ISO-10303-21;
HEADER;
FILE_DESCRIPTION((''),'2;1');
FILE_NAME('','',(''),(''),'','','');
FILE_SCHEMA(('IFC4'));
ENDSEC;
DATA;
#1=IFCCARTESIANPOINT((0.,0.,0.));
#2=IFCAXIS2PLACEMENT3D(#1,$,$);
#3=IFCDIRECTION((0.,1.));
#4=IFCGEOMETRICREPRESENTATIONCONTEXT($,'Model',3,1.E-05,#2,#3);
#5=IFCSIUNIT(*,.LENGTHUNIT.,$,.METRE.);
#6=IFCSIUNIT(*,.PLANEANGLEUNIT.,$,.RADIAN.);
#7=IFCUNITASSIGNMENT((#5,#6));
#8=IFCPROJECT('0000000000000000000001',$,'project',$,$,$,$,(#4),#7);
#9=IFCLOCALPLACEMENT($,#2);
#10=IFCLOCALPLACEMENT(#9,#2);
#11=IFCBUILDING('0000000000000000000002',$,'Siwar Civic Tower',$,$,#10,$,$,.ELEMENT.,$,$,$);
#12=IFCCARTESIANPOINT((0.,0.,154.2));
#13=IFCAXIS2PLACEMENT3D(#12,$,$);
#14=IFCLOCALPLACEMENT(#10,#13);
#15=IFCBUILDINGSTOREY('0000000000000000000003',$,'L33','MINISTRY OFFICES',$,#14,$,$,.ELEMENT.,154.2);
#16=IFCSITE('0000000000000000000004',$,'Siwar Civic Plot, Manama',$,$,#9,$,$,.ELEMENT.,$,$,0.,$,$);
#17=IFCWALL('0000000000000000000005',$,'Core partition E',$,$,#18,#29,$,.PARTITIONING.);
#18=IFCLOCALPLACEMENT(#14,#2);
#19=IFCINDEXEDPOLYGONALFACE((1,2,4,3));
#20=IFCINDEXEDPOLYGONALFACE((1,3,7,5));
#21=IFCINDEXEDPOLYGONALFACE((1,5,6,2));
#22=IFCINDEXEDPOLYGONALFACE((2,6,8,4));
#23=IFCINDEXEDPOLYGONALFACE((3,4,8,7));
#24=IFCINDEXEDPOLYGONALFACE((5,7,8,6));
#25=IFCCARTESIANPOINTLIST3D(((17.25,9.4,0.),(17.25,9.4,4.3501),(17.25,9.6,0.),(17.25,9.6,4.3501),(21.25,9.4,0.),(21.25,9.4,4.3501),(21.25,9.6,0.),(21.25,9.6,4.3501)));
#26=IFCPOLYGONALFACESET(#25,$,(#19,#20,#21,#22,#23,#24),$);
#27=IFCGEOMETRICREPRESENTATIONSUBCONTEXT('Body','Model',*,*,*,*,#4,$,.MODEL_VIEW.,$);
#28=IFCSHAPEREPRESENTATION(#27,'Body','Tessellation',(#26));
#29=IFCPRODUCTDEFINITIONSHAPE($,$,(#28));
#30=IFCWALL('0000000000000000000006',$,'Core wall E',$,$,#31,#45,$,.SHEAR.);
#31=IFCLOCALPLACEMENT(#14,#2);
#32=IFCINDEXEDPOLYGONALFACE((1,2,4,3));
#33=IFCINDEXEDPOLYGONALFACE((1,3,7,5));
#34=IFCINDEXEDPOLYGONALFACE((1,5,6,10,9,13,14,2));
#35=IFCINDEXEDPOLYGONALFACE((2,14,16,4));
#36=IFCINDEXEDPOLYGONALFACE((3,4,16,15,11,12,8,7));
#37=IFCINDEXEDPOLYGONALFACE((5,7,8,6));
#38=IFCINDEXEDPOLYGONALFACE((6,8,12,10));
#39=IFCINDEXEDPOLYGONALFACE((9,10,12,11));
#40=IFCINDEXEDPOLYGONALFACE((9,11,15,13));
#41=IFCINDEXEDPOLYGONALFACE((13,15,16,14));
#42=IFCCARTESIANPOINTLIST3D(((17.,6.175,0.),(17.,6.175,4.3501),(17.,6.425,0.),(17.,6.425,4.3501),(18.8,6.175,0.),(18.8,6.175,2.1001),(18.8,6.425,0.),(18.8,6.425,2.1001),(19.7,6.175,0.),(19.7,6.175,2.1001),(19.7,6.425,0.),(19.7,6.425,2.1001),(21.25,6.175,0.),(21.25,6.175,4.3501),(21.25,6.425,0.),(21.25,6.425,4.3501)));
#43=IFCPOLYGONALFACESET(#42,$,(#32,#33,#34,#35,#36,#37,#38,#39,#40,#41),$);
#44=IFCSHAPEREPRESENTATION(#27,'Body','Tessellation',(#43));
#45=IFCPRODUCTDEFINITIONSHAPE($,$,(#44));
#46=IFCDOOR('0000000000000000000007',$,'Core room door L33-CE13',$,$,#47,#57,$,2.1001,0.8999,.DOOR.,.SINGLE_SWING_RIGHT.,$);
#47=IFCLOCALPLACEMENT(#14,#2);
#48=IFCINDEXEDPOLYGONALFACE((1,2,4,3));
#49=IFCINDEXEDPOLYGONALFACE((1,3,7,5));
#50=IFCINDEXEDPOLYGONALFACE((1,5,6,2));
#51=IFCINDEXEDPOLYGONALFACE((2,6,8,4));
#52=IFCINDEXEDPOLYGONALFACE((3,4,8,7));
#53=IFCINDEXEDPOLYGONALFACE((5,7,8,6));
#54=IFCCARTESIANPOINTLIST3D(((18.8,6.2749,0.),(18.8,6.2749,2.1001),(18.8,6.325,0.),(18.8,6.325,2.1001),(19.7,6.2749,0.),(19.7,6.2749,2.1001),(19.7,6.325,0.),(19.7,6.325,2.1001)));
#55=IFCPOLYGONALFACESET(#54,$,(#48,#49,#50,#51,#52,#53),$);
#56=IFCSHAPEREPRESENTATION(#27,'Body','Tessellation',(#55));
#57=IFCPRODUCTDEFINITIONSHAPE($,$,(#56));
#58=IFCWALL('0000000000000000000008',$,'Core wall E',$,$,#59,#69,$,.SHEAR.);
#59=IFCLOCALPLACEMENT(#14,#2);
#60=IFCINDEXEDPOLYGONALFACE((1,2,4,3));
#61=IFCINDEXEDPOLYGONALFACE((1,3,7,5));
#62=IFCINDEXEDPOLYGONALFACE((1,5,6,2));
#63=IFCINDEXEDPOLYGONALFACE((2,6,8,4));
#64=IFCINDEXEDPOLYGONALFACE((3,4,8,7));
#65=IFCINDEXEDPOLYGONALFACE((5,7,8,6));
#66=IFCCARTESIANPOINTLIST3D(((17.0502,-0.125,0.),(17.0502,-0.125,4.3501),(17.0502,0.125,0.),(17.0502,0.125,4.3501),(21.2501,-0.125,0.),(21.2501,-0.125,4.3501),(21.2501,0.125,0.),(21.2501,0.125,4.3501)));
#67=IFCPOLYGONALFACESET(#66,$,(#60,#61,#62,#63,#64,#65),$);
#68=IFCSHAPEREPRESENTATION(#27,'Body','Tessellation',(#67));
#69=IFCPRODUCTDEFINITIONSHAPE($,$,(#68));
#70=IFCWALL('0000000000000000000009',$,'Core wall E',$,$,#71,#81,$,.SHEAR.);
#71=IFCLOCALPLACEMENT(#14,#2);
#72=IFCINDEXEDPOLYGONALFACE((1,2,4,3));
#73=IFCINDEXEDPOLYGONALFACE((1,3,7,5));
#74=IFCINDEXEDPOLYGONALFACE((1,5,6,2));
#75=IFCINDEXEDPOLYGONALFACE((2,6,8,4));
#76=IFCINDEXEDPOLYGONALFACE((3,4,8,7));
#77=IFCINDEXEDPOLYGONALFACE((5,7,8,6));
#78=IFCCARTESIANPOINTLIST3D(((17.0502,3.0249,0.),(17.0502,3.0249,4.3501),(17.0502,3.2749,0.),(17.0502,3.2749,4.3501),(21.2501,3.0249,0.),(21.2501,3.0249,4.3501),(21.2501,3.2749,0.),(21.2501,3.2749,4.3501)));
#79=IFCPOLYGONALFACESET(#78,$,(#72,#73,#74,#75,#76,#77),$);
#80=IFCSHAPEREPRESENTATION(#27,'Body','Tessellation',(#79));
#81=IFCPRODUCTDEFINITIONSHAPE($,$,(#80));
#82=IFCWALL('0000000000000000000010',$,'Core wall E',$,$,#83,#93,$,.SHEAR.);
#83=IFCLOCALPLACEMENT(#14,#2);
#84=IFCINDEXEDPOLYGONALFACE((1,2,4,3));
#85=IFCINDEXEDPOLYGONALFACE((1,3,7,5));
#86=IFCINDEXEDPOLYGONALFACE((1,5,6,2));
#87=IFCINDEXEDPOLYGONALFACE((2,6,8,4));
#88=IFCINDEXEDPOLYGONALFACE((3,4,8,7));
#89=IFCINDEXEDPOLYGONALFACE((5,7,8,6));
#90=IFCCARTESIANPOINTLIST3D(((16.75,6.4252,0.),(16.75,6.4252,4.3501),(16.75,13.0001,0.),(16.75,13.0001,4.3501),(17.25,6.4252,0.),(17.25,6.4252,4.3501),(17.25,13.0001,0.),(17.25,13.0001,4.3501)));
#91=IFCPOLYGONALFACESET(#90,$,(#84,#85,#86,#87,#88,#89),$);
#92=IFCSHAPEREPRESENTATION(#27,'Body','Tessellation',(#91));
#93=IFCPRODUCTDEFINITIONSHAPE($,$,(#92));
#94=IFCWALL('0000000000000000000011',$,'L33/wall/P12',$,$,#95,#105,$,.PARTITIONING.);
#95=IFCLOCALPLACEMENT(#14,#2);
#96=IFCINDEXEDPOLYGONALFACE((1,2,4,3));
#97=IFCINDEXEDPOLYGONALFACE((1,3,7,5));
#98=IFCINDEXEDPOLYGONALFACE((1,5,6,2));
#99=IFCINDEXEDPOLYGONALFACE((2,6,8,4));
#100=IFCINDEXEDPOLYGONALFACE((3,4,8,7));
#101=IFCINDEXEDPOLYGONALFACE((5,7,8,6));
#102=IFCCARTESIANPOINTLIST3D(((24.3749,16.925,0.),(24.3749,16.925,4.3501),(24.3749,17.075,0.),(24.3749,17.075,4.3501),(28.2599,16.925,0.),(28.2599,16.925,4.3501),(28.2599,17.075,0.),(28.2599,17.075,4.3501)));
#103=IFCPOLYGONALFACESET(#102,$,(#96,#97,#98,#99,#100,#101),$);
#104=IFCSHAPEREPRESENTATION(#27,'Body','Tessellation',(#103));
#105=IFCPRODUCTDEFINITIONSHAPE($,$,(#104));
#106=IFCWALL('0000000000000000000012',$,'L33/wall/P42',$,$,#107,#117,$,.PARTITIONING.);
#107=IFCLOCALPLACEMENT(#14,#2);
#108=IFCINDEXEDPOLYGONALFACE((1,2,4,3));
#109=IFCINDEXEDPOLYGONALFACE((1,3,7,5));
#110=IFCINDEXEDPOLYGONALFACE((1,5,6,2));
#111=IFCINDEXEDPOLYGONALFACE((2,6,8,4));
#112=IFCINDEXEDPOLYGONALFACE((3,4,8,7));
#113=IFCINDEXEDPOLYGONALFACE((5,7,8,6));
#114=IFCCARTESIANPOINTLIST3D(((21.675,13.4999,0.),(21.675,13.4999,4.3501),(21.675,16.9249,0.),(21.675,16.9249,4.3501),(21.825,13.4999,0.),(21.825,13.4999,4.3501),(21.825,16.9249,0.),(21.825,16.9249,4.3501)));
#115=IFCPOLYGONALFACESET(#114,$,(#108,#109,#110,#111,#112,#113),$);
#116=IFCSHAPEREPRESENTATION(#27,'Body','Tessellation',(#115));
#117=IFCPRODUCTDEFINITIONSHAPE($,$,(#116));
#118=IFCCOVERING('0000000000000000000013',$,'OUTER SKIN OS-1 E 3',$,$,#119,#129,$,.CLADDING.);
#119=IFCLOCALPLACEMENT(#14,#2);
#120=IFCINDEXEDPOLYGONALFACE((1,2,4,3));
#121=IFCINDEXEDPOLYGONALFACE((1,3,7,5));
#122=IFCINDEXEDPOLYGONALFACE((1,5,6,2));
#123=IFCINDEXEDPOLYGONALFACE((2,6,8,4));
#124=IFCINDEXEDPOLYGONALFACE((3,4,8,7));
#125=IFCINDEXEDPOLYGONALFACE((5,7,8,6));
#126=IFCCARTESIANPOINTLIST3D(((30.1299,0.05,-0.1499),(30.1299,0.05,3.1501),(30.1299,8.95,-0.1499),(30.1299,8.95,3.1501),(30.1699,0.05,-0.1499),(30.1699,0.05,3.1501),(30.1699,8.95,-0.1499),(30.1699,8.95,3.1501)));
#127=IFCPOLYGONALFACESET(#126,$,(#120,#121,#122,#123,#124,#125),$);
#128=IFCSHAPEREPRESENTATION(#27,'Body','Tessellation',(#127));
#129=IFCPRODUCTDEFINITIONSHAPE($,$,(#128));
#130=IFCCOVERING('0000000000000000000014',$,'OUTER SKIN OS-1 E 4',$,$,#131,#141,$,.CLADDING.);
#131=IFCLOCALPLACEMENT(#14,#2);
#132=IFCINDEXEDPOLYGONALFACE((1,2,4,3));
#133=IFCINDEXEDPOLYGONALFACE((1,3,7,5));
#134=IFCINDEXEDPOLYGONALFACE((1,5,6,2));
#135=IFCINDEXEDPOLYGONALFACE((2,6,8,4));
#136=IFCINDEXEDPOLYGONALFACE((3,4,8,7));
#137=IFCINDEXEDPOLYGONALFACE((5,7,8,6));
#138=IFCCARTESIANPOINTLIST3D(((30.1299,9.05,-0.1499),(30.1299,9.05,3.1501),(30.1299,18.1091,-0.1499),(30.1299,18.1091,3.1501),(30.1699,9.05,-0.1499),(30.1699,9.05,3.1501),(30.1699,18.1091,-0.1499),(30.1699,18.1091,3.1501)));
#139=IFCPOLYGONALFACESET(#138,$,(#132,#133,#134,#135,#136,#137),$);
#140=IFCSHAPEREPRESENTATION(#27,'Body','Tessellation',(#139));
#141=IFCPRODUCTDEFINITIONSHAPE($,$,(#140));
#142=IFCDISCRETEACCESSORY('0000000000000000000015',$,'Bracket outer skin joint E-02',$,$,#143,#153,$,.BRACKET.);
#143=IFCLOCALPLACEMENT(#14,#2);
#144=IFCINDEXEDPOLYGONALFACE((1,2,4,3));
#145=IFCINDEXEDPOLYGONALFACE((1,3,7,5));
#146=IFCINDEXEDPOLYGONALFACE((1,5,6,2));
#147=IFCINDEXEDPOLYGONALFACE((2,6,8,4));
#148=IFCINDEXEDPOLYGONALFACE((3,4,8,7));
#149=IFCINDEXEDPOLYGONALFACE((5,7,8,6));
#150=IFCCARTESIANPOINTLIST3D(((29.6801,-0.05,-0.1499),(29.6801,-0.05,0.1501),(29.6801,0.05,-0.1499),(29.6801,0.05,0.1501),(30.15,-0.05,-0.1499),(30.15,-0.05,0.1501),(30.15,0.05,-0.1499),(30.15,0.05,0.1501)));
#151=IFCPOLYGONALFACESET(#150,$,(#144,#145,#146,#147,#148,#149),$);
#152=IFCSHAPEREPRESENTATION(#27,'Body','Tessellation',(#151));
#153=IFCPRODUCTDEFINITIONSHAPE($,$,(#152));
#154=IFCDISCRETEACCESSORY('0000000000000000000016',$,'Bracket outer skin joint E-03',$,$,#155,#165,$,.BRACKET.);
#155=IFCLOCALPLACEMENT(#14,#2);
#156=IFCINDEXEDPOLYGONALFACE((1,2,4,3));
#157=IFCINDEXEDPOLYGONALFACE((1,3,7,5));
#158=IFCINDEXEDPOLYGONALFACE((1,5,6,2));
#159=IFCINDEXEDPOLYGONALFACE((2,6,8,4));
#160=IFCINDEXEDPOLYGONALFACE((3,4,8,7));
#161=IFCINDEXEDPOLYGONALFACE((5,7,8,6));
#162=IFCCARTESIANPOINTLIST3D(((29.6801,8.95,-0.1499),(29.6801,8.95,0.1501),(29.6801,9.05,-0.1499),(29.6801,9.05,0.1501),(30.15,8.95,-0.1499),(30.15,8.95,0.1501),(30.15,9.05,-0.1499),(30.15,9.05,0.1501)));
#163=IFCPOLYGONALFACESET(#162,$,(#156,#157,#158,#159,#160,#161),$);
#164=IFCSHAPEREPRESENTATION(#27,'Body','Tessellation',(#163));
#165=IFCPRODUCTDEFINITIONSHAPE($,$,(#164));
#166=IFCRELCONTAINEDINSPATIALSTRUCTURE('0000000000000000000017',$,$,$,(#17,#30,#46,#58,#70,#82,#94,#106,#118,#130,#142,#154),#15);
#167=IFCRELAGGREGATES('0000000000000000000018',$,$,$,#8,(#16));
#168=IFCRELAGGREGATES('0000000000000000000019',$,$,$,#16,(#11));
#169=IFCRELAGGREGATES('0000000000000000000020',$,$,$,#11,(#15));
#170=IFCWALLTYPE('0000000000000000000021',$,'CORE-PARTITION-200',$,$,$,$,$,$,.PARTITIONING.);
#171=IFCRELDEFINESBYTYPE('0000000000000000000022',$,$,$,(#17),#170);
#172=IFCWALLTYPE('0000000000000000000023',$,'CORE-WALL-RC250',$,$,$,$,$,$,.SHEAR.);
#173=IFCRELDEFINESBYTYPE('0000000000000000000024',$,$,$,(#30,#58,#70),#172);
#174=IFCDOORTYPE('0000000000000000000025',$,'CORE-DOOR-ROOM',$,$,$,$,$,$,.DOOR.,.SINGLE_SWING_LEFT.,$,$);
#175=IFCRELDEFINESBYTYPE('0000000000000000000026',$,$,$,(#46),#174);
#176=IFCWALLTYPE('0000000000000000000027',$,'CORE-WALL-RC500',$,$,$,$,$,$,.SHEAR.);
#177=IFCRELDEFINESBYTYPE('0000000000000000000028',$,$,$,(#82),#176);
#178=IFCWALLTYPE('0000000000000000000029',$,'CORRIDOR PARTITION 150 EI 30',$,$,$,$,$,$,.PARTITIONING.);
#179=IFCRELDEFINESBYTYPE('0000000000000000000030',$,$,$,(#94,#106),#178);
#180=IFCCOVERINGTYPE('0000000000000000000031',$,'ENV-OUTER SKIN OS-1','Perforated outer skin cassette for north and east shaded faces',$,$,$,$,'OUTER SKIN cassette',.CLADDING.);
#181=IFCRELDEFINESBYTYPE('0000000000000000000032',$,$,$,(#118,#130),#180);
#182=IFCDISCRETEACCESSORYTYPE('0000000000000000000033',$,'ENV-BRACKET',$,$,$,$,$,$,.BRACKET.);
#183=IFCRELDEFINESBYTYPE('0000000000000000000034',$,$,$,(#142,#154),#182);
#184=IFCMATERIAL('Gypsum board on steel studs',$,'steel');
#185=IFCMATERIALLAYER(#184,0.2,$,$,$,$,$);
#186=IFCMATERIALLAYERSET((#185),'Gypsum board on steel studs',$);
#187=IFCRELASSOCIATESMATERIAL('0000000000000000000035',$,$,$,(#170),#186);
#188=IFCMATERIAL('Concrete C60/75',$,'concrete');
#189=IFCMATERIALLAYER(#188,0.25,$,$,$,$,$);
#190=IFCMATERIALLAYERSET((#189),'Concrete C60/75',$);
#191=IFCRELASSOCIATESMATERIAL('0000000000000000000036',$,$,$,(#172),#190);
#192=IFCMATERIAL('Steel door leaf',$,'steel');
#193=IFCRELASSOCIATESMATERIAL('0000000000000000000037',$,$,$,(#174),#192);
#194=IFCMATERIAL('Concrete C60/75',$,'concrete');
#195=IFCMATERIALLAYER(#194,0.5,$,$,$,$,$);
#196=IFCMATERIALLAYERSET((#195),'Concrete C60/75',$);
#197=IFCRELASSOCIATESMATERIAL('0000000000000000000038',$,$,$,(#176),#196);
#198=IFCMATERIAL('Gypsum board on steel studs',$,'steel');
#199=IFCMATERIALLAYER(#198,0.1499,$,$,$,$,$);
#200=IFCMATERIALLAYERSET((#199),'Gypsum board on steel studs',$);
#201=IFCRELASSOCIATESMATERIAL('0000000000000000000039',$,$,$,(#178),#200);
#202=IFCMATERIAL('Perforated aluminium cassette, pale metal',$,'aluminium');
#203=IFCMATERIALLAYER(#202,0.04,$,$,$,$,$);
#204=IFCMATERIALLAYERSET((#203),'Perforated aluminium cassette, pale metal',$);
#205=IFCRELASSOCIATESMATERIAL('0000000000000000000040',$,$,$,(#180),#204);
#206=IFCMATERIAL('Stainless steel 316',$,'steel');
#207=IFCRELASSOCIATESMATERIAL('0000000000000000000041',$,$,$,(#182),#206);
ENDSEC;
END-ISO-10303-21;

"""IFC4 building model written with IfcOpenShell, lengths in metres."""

from ifc_helpers import new_model, si_unit, direction, frame, frame_2d, origin, origin_2d, place, context, subcontext, project, spatial, rectangle, extrude, material, layer, layer_set, type_object, element, fill, save


model = new_model("IFC4")

# Units and contexts
model_context = context("Model", 3, precision=1e-05, world=origin(), true_north=direction((0.0, 1.0)))
body_context = subcontext(model_context, "Body", "Model", "MODEL_VIEW")
ifc_project = project(units=[si_unit("LENGTHUNIT", "METRE"), si_unit("PLANEANGLEUNIT", "RADIAN")], contexts=[model_context])

# Site, building, storey
site_placement = place(None, origin())
site = spatial("IfcSite", under=ifc_project, at=site_placement, Name="Siwar Civic Plot, Manama", CompositionType="ELEMENT", RefElevation=0.0)
building_placement = place(site_placement, origin())
building = spatial("IfcBuilding", under=site, at=building_placement, Name="Siwar Civic Tower", CompositionType="ELEMENT")
storey_placement = place(building_placement, frame((0.0, 0.0, 154.2)))
storey = spatial("IfcBuildingStorey", under=building, at=storey_placement, Name="L33", Description="MINISTRY OFFICES", CompositionType="ELEMENT", Elevation=154.2)

# Wall
ifc_material_1 = material(Name="Gypsum board on steel studs", Category="steel")
ifc_layer_1 = layer(ifc_material_1, 0.2)
ifc_layer_set_1 = layer_set([ifc_layer_1], Name="Gypsum board on steel studs")
wall_type_1 = type_object("IfcWallType", Name="CORE-PARTITION-200", PredefinedType="PARTITIONING", material=ifc_layer_set_1)
wall_1_placement = place(storey_placement, frame((17.25, 9.5, 0.0), z_axis=(0.0, 0.0, 1.0), x_axis=(1.0, 0.0, 0.0)))
element("IfcWall", 1, at=wall_1_placement, inside=storey, type_object=wall_type_1, Name="Core partition E", PredefinedType="PARTITIONING", context=body_context, shape_type="SweptSolid", body=[
    extrude(rectangle(XDim=4.0, YDim=0.2, at=frame_2d((2.0, 0.0))), origin(), (0.0, 0.0, 1.0), 4.3501),
])

# Wall, opening, door
ifc_material_2 = material(Name="Concrete C60/75", Category="concrete")
ifc_layer_2 = layer(ifc_material_2, 0.25)
ifc_layer_set_2 = layer_set([ifc_layer_2], Name="Concrete C60/75")
wall_type_2 = type_object("IfcWallType", Name="CORE-WALL-RC250", PredefinedType="SHEAR", material=ifc_layer_set_2)
wall_2_placement = place(storey_placement, frame((17.0, 6.3, 0.0), z_axis=(0.0, 0.0, 1.0), x_axis=(1.0, 0.0, 0.0)))
wall_2 = element("IfcWall", 2, at=wall_2_placement, inside=storey, type_object=wall_type_2, Name="Core wall E", PredefinedType="SHEAR", context=body_context, shape_type="SweptSolid", body=[
    extrude(rectangle(XDim=4.25, YDim=0.25, at=frame_2d((2.125, 0.0))), origin(), (0.0, 0.0, 1.0), 4.3501),
])
opening_placement = place(wall_2_placement, frame((1.8, 0.0, 0.0)))
opening = element("IfcOpeningElement", 3, at=opening_placement, cuts=wall_2, PredefinedType="OPENING", context=body_context, shape_type="SweptSolid", body=[
    extrude(rectangle(XDim=0.8999, YDim=2.1001, at=frame_2d((0.45, 1.05))), frame((0.0, 0.135, 0.0), z_axis=(0.0, -1.0, 0.0), x_axis=(1.0, 0.0, 0.0)), (0.0, 0.0, 1.0), 0.27),
])
ifc_material_3 = material(Name="Steel door leaf", Category="steel")
door_type = type_object("IfcDoorType", Name="CORE-DOOR-ROOM", OperationType="SINGLE_SWING_LEFT", PredefinedType="DOOR", material=ifc_material_3)
door_placement = place(opening_placement, origin())
door = element("IfcDoor", 4, at=door_placement, inside=storey, type_object=door_type, Name="Core room door L33-CE13", OperationType="SINGLE_SWING_RIGHT", OverallHeight=2.1001, OverallWidth=0.8999, PredefinedType="DOOR", context=body_context, shape_type="SweptSolid", body=[
    extrude(rectangle(XDim=0.8999, YDim=2.1001, at=frame_2d((0.45, 1.05))), frame((0.0, 0.0249, 0.0), z_axis=(0.0, -1.0, 0.0), x_axis=(1.0, 0.0, 0.0)), (0.0, 0.0, 1.0), 0.05),
])
fill(opening, door)

# Walls
for number, where, z_axis, x_axis, name in (
    (5, (17.05, 0.0, 0.0), (0.0, 0.0, 1.0), (1.0, 0.0, 0.0), "Core wall E"),
    (6, (17.05, 3.1499, 0.0), (0.0, 0.0, 1.0), (1.0, 0.0, 0.0), "Core wall E"),
):
    element("IfcWall", number, at=place(storey_placement, frame(where, z_axis=z_axis, x_axis=x_axis)), inside=storey, type_object=wall_type_2, Name=name, PredefinedType="SHEAR", context=body_context, shape_type="SweptSolid", body=[
        extrude(rectangle(XDim=4.2, YDim=0.25, at=frame_2d((2.1001, 0.0))), origin(), (0.0, 0.0, 1.0), 4.3501),
    ])
ifc_material_4 = material(Name="Concrete C60/75", Category="concrete")
ifc_layer_3 = layer(ifc_material_4, 0.5)
ifc_layer_set_3 = layer_set([ifc_layer_3], Name="Concrete C60/75")
wall_type_3 = type_object("IfcWallType", Name="CORE-WALL-RC500", PredefinedType="SHEAR", material=ifc_layer_set_3)
wall_3_placement = place(storey_placement, frame((17.0, 6.425, 0.0), z_axis=(0.0, 0.0, 1.0), x_axis=(0.0, 1.0, 0.0)))
element("IfcWall", 7, at=wall_3_placement, inside=storey, type_object=wall_type_3, Name="Core wall E", PredefinedType="SHEAR", context=body_context, shape_type="SweptSolid", body=[
    extrude(rectangle(XDim=6.575, YDim=0.5, at=frame_2d((3.2876, 0.0))), origin(), (0.0, 0.0, 1.0), 4.3501),
])
ifc_material_5 = material(Name="Gypsum board on steel studs", Category="steel")
ifc_layer_4 = layer(ifc_material_5, 0.1499)
ifc_layer_set_4 = layer_set([ifc_layer_4], Name="Gypsum board on steel studs")
wall_type_4 = type_object("IfcWallType", Name="CORRIDOR PARTITION 150 EI 30", PredefinedType="PARTITIONING", material=ifc_layer_set_4)
wall_4_placement = place(storey_placement, frame((24.375, 17.0, 0.0), z_axis=(0.0, 0.0, 1.0), x_axis=(1.0, 0.0, 0.0)))
element("IfcWall", 8, at=wall_4_placement, inside=storey, type_object=wall_type_4, Name="L33/wall/P12", PredefinedType="PARTITIONING", context=body_context, shape_type="SweptSolid", body=[
    extrude(rectangle(XDim=3.885, YDim=0.1499, at=frame_2d((1.9424, 0.0))), origin(), (0.0, 0.0, 1.0), 4.3501),
])
wall_5_placement = place(storey_placement, frame((21.75, 13.5, 0.0), z_axis=(0.0, 0.0, 1.0), x_axis=(0.0, 1.0, 0.0)))
element("IfcWall", 9, at=wall_5_placement, inside=storey, type_object=wall_type_4, Name="L33/wall/P42", PredefinedType="PARTITIONING", context=body_context, shape_type="SweptSolid", body=[
    extrude(rectangle(XDim=3.425, YDim=0.1499, at=frame_2d((1.7124, 0.0))), origin(), (0.0, 0.0, 1.0), 4.3501),
])

# Coverings
ifc_material_6 = material(Name="Perforated aluminium cassette, pale metal", Category="aluminium")
ifc_layer_5 = layer(ifc_material_6, 0.04)
ifc_layer_set_5 = layer_set([ifc_layer_5], Name="Perforated aluminium cassette, pale metal")
covering_type = type_object("IfcCoveringType", Name="ENV-OUTER SKIN OS-1", Description="Perforated outer skin cassette for north and east shaded faces", ElementType="OUTER SKIN cassette", PredefinedType="CLADDING", material=ifc_layer_set_5)
covering_1_placement = place(storey_placement, frame((30.1499, 4.5, -0.1499), z_axis=(0.0, 0.0, 1.0), x_axis=(0.0, 1.0, 0.0)))
element("IfcCovering", 10, at=covering_1_placement, inside=storey, type_object=covering_type, Name="OUTER SKIN OS-1 E 3", PredefinedType="CLADDING", context=body_context, shape_type="SweptSolid", body=[
    extrude(rectangle(XDim=8.8999, YDim=0.04, at=origin_2d()), origin(), (0.0, 0.0, 1.0), 3.3),
])
covering_2_placement = place(storey_placement, frame((30.1499, 13.5796, -0.1499), z_axis=(0.0, 0.0, 1.0), x_axis=(0.0, 1.0, 0.0)))
element("IfcCovering", 11, at=covering_2_placement, inside=storey, type_object=covering_type, Name="OUTER SKIN OS-1 E 4", PredefinedType="CLADDING", context=body_context, shape_type="SweptSolid", body=[
    extrude(rectangle(XDim=9.0591, YDim=0.04, at=origin_2d()), origin(), (0.0, 0.0, 1.0), 3.3),
])

# Discrete accessories
ifc_material_7 = material(Name="Stainless steel 316", Category="steel")
discrete_accessory_type = type_object("IfcDiscreteAccessoryType", Name="ENV-BRACKET", PredefinedType="BRACKET", material=ifc_material_7)
for number, where, z_axis, x_axis, name in (
    (12, (29.915, 0.0, -0.1499), (0.0, 0.0, 1.0), (1.0, 0.0, 0.0), "Bracket outer skin joint E-02"),
    (13, (29.915, 9.0, -0.1499), (0.0, 0.0, 1.0), (1.0, 0.0, 0.0), "Bracket outer skin joint E-03"),
):
    element("IfcDiscreteAccessory", number, at=place(storey_placement, frame(where, z_axis=z_axis, x_axis=x_axis)), inside=storey, type_object=discrete_accessory_type, Name=name, PredefinedType="BRACKET", context=body_context, shape_type="SweptSolid", body=[
        extrude(rectangle(XDim=0.47, YDim=0.1001, at=origin_2d()), origin(), (0.0, 0.0, 1.0), 0.3),
    ])

save(model, "model.ifc")
